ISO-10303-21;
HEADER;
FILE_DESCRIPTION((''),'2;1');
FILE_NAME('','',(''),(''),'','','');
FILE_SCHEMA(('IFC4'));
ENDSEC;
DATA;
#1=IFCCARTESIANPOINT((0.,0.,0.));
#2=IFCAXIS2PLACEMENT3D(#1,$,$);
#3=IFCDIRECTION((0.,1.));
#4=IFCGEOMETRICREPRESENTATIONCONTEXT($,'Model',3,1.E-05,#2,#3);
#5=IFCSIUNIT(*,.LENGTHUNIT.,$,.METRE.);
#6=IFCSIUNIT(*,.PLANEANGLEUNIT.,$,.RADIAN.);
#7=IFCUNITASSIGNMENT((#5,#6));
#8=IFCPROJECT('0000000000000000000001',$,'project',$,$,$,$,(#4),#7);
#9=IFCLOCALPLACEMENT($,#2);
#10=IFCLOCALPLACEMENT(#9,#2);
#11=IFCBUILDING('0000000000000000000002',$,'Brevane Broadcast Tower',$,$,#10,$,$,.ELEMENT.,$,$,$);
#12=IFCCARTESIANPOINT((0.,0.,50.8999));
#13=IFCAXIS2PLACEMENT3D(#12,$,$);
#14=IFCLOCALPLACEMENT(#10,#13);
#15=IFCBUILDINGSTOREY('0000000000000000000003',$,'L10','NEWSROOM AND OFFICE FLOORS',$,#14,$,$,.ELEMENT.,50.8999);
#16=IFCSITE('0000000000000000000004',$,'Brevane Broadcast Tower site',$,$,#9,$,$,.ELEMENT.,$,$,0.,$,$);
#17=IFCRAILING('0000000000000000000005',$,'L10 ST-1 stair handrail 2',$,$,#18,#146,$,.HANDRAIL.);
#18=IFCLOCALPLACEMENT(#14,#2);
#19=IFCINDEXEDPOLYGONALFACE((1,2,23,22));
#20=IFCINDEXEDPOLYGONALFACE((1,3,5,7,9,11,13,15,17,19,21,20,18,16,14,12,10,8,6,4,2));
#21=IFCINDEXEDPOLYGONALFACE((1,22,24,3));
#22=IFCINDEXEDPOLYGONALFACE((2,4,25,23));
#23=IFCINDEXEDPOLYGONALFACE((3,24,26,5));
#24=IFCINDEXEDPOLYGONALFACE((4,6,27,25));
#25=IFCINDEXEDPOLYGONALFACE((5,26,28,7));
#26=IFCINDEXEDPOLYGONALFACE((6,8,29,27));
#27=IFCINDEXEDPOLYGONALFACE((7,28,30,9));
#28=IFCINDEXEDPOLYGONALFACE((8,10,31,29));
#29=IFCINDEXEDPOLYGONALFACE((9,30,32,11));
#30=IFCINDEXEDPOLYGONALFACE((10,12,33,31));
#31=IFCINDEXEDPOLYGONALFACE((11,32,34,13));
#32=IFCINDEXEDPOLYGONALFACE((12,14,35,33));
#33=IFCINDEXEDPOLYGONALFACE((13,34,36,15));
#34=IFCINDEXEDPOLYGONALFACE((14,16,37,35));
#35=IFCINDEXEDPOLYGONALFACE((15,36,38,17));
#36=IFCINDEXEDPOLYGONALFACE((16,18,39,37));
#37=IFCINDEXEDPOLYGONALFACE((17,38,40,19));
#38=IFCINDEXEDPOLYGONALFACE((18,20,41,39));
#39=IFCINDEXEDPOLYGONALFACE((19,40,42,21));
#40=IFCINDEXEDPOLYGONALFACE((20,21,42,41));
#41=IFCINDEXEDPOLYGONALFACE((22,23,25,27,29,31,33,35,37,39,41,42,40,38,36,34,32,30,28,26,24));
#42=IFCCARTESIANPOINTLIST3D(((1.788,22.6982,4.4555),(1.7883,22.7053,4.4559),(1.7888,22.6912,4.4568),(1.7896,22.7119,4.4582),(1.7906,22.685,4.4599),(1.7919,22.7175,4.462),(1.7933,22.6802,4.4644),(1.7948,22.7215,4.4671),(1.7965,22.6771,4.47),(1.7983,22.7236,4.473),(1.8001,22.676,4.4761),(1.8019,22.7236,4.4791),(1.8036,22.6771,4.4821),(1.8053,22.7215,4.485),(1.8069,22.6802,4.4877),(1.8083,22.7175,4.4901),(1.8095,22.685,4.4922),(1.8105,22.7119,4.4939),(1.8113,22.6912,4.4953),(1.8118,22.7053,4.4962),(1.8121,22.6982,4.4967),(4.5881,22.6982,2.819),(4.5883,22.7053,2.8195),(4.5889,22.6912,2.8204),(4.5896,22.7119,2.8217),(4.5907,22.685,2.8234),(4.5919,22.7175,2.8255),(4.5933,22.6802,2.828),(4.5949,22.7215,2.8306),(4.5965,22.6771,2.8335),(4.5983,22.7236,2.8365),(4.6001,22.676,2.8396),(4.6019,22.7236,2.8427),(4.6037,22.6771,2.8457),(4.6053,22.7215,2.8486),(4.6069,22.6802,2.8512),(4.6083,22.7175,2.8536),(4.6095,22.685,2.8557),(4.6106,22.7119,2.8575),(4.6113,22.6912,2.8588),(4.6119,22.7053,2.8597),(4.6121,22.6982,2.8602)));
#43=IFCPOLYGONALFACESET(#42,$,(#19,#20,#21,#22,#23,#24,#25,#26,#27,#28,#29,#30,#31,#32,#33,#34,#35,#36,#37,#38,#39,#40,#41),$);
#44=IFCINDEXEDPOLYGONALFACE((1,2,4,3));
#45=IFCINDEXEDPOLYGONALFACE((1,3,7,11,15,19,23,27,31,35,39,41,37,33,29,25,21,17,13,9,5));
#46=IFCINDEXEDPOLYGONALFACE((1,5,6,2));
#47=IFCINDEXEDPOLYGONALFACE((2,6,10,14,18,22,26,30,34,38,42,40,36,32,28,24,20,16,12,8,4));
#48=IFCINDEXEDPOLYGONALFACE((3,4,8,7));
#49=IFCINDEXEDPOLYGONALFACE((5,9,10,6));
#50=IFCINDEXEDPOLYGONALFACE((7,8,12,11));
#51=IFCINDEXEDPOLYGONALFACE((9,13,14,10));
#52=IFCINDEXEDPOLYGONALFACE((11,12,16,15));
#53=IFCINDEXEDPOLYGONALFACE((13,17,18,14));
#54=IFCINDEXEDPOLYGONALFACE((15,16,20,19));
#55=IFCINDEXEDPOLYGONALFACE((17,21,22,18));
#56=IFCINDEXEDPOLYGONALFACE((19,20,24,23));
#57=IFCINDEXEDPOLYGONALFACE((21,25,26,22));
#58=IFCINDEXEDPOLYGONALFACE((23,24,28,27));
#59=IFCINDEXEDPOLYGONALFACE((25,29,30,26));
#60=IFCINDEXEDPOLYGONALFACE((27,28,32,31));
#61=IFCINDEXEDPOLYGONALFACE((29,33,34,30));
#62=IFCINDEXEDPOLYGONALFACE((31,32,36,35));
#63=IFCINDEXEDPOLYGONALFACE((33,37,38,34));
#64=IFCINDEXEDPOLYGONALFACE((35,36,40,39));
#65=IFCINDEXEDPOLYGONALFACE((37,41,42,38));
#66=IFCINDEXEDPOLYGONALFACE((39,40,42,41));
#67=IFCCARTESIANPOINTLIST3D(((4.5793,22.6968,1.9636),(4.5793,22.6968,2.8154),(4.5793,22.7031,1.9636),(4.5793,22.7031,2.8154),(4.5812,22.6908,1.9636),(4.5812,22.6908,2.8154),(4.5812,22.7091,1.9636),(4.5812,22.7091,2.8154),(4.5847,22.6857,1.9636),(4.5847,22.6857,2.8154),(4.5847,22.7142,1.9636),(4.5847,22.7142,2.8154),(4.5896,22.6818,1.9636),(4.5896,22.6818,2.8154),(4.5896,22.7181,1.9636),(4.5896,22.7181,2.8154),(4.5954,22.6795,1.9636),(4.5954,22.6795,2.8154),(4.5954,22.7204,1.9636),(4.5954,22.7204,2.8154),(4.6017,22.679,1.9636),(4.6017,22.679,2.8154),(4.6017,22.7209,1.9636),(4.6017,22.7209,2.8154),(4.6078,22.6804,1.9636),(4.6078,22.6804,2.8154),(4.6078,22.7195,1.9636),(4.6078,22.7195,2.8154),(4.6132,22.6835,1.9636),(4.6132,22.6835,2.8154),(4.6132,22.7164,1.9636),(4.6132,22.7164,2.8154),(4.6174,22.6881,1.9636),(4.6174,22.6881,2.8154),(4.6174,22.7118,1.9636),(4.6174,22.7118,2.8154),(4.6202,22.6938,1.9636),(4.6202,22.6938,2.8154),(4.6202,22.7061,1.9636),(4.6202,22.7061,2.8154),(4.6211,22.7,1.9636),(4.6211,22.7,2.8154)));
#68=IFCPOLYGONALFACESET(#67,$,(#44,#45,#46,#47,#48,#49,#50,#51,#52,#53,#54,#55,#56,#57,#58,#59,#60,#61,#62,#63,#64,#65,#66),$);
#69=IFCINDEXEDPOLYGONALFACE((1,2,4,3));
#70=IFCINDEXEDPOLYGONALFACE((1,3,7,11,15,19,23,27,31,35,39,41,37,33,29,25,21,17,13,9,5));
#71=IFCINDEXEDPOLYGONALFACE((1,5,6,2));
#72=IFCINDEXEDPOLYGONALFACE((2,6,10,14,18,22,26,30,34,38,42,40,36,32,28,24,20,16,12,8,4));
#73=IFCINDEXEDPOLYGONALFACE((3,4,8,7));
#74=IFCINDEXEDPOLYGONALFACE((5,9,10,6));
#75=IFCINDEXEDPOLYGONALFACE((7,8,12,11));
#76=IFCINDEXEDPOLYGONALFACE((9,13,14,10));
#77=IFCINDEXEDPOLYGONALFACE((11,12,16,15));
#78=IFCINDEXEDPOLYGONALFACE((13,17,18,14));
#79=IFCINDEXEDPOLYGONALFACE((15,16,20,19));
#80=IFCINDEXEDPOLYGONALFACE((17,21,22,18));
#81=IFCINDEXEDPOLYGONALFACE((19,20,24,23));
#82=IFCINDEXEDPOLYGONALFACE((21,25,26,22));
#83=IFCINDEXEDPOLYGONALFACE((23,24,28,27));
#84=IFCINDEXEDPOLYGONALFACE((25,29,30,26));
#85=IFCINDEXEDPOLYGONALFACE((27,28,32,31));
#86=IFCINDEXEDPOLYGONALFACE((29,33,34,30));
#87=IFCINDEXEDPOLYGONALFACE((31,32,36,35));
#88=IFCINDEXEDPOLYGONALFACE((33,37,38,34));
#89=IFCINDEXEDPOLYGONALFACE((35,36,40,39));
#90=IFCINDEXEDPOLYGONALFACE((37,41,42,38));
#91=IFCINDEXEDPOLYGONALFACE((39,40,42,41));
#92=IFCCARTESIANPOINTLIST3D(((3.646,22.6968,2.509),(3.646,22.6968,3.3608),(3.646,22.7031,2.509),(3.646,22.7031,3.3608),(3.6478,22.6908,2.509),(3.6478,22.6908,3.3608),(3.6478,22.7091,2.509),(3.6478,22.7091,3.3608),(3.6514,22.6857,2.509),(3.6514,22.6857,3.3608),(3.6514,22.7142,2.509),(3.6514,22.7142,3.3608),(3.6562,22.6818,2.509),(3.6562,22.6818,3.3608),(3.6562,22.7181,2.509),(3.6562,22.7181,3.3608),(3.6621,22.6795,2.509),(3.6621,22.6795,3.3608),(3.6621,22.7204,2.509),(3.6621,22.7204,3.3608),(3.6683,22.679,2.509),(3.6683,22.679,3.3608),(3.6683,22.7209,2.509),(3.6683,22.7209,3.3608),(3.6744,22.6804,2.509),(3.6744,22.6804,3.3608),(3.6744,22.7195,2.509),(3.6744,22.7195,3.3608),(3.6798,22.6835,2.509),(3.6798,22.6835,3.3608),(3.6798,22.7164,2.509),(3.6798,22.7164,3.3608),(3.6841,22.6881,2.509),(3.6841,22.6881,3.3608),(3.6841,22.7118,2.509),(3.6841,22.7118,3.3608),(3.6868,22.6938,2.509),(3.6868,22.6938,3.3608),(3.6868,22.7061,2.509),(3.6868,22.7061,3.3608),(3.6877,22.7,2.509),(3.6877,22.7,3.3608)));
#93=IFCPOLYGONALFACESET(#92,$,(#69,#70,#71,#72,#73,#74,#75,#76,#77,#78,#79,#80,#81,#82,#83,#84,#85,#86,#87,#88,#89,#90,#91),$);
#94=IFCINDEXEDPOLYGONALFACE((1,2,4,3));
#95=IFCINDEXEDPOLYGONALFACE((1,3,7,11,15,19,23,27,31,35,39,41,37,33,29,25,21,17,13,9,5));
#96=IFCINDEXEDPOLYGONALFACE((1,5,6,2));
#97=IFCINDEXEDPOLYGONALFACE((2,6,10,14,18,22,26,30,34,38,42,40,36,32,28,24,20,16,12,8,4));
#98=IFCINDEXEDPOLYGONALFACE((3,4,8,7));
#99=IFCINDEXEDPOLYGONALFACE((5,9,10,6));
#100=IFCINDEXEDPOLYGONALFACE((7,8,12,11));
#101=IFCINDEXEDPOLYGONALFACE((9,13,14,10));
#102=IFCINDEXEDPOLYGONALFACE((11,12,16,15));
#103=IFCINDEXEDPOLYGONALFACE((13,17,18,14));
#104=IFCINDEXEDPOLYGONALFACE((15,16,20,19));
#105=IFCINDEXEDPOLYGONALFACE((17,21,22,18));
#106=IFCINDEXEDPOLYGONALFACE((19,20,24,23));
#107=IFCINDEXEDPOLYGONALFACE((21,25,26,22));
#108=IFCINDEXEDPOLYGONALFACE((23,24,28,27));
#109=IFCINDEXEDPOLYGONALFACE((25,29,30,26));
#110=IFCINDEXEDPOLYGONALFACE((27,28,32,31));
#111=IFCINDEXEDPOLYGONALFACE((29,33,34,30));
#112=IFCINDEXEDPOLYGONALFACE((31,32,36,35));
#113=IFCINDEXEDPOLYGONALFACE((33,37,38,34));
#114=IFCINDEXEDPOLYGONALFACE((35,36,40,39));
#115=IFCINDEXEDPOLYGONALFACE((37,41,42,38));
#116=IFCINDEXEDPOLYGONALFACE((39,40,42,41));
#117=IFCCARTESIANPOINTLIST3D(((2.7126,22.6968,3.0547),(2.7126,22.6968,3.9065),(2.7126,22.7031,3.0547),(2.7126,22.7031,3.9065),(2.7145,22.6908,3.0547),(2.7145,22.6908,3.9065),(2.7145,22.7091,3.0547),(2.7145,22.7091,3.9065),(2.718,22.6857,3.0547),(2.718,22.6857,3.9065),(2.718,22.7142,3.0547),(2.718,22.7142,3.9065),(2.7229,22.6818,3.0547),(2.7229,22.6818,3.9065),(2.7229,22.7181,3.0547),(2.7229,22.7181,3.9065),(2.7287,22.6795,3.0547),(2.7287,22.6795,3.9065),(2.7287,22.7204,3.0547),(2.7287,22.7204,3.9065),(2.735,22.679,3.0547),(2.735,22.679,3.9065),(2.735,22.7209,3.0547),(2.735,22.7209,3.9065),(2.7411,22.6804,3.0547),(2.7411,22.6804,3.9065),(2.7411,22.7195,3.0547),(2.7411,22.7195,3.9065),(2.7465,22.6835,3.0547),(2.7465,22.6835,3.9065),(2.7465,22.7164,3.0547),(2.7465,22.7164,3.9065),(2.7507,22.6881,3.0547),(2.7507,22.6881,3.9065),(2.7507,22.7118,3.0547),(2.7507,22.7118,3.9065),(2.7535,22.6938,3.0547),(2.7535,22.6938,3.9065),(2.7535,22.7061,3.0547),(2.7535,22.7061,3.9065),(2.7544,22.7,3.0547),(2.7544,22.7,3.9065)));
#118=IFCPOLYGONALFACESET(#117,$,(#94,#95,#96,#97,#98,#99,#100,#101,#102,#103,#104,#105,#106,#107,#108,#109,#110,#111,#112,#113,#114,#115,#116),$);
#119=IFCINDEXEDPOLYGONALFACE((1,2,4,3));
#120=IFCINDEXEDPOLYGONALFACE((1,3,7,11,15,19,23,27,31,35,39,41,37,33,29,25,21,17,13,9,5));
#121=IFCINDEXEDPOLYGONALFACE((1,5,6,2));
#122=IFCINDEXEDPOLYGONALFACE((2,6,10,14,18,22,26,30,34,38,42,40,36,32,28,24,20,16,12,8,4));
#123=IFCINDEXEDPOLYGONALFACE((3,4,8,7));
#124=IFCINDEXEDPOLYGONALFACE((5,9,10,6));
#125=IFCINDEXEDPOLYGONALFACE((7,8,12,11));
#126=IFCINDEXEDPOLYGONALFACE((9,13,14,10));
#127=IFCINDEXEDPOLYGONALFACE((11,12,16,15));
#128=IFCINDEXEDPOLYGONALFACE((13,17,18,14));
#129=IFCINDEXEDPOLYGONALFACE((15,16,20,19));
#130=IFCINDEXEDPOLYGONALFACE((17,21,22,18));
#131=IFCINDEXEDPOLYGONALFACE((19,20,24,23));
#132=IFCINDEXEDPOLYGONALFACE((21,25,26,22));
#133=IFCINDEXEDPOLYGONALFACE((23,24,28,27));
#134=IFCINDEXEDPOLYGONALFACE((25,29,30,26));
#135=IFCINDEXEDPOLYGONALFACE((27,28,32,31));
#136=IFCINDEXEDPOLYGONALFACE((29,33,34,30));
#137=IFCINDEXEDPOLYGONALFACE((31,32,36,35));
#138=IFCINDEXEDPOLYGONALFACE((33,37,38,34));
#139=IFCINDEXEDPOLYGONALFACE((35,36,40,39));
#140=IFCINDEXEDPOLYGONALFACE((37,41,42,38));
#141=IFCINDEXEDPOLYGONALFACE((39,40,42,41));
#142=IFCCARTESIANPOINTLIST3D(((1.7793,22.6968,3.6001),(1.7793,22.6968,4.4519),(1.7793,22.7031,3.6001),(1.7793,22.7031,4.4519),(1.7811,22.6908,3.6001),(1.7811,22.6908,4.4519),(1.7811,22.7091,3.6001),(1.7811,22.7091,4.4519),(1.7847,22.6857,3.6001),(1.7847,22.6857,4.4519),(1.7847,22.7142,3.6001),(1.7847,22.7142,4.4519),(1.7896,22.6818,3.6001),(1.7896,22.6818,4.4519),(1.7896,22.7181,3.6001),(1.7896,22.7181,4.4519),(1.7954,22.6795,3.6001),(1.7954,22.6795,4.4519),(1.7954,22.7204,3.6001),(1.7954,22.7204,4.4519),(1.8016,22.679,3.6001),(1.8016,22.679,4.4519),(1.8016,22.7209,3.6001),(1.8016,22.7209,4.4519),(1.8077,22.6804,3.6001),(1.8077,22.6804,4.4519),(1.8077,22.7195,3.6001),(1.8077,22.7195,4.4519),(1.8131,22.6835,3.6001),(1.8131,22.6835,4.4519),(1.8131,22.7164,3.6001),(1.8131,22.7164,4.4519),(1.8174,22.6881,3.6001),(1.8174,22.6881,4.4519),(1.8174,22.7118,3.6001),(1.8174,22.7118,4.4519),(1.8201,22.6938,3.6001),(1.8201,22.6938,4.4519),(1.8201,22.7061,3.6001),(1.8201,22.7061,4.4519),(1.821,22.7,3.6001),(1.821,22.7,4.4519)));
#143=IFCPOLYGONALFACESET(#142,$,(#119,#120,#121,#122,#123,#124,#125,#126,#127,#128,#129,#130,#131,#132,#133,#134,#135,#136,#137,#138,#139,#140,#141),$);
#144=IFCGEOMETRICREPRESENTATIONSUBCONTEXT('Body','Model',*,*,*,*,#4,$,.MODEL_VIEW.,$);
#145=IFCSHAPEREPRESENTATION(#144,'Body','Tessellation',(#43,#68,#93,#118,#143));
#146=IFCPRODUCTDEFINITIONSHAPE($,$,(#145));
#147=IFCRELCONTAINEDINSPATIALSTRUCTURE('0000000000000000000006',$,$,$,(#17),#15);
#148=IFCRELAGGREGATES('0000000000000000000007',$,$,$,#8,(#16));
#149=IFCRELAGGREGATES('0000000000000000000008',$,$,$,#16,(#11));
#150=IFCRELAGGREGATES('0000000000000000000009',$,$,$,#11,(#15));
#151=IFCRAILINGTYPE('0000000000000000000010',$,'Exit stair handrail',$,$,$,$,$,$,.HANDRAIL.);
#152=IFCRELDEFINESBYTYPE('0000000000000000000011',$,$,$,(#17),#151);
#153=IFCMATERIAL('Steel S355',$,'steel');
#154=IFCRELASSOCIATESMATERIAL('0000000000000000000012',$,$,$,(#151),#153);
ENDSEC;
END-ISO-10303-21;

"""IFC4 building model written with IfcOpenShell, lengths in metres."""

from ifc_helpers import new_model, si_unit, direction, frame, origin, origin_2d, place, context, subcontext, project, spatial, circle, extrude, material, type_object, element, save


model = new_model("IFC4")

# Units and contexts
model_context = context("Model", 3, precision=1e-05, world=origin(), true_north=direction((0.0, 1.0)))
body_context = subcontext(model_context, "Body", "Model", "MODEL_VIEW")
ifc_project = project(units=[si_unit("LENGTHUNIT", "METRE"), si_unit("PLANEANGLEUNIT", "RADIAN")], contexts=[model_context])

# Site, building, storey
site_placement = place(None, origin())
site = spatial("IfcSite", under=ifc_project, at=site_placement, Name="Brevane Broadcast Tower site", CompositionType="ELEMENT", RefElevation=0.0)
building_placement = place(site_placement, origin())
building = spatial("IfcBuilding", under=site, at=building_placement, Name="Brevane Broadcast Tower", CompositionType="ELEMENT")
storey_placement = place(building_placement, frame((0.0, 0.0, 50.8999)))
storey = spatial("IfcBuildingStorey", under=building, at=storey_placement, Name="L10", Description="NEWSROOM AND OFFICE FLOORS", CompositionType="ELEMENT", Elevation=50.8999)

# Railing
ifc_material_1 = material(Name="Steel S355", Category="steel")
railing_type_1 = type_object("IfcRailingType", Name="Exit stair handrail", PredefinedType="HANDRAIL", material=ifc_material_1)
railing_1_placement = place(storey_placement, frame((4.6001, 22.7, 1.9636)))
element("IfcRailing", 1, at=railing_1_placement, inside=storey, type_object=railing_type_1, Name="L10 ST-1 stair handrail 2", PredefinedType="HANDRAIL", context=body_context, shape_type="SweptSolid", body=[
    extrude(circle(Radius=0.0239, at=origin_2d()), frame((0.0, 0.0, 0.876), z_axis=(-0.863361, 0.0, 0.504587), x_axis=(0.0, -1.0, 0.0)), (0.0, 0.0, 1.0), 3.2432),
    extrude(circle(Radius=0.021, at=origin_2d()), origin(), (0.0, 0.0, 1.0), 0.8518),
    extrude(circle(Radius=0.021, at=origin_2d()), frame((-0.9333, 0.0, 0.5454)), (0.0, 0.0, 1.0), 0.8518),
    extrude(circle(Radius=0.021, at=origin_2d()), frame((-1.8667, 0.0, 1.0911)), (0.0, 0.0, 1.0), 0.8518),
    extrude(circle(Radius=0.021, at=origin_2d()), frame((-2.8, 0.0, 1.6365)), (0.0, 0.0, 1.0), 0.8518),
])

save(model, "model.ifc")
